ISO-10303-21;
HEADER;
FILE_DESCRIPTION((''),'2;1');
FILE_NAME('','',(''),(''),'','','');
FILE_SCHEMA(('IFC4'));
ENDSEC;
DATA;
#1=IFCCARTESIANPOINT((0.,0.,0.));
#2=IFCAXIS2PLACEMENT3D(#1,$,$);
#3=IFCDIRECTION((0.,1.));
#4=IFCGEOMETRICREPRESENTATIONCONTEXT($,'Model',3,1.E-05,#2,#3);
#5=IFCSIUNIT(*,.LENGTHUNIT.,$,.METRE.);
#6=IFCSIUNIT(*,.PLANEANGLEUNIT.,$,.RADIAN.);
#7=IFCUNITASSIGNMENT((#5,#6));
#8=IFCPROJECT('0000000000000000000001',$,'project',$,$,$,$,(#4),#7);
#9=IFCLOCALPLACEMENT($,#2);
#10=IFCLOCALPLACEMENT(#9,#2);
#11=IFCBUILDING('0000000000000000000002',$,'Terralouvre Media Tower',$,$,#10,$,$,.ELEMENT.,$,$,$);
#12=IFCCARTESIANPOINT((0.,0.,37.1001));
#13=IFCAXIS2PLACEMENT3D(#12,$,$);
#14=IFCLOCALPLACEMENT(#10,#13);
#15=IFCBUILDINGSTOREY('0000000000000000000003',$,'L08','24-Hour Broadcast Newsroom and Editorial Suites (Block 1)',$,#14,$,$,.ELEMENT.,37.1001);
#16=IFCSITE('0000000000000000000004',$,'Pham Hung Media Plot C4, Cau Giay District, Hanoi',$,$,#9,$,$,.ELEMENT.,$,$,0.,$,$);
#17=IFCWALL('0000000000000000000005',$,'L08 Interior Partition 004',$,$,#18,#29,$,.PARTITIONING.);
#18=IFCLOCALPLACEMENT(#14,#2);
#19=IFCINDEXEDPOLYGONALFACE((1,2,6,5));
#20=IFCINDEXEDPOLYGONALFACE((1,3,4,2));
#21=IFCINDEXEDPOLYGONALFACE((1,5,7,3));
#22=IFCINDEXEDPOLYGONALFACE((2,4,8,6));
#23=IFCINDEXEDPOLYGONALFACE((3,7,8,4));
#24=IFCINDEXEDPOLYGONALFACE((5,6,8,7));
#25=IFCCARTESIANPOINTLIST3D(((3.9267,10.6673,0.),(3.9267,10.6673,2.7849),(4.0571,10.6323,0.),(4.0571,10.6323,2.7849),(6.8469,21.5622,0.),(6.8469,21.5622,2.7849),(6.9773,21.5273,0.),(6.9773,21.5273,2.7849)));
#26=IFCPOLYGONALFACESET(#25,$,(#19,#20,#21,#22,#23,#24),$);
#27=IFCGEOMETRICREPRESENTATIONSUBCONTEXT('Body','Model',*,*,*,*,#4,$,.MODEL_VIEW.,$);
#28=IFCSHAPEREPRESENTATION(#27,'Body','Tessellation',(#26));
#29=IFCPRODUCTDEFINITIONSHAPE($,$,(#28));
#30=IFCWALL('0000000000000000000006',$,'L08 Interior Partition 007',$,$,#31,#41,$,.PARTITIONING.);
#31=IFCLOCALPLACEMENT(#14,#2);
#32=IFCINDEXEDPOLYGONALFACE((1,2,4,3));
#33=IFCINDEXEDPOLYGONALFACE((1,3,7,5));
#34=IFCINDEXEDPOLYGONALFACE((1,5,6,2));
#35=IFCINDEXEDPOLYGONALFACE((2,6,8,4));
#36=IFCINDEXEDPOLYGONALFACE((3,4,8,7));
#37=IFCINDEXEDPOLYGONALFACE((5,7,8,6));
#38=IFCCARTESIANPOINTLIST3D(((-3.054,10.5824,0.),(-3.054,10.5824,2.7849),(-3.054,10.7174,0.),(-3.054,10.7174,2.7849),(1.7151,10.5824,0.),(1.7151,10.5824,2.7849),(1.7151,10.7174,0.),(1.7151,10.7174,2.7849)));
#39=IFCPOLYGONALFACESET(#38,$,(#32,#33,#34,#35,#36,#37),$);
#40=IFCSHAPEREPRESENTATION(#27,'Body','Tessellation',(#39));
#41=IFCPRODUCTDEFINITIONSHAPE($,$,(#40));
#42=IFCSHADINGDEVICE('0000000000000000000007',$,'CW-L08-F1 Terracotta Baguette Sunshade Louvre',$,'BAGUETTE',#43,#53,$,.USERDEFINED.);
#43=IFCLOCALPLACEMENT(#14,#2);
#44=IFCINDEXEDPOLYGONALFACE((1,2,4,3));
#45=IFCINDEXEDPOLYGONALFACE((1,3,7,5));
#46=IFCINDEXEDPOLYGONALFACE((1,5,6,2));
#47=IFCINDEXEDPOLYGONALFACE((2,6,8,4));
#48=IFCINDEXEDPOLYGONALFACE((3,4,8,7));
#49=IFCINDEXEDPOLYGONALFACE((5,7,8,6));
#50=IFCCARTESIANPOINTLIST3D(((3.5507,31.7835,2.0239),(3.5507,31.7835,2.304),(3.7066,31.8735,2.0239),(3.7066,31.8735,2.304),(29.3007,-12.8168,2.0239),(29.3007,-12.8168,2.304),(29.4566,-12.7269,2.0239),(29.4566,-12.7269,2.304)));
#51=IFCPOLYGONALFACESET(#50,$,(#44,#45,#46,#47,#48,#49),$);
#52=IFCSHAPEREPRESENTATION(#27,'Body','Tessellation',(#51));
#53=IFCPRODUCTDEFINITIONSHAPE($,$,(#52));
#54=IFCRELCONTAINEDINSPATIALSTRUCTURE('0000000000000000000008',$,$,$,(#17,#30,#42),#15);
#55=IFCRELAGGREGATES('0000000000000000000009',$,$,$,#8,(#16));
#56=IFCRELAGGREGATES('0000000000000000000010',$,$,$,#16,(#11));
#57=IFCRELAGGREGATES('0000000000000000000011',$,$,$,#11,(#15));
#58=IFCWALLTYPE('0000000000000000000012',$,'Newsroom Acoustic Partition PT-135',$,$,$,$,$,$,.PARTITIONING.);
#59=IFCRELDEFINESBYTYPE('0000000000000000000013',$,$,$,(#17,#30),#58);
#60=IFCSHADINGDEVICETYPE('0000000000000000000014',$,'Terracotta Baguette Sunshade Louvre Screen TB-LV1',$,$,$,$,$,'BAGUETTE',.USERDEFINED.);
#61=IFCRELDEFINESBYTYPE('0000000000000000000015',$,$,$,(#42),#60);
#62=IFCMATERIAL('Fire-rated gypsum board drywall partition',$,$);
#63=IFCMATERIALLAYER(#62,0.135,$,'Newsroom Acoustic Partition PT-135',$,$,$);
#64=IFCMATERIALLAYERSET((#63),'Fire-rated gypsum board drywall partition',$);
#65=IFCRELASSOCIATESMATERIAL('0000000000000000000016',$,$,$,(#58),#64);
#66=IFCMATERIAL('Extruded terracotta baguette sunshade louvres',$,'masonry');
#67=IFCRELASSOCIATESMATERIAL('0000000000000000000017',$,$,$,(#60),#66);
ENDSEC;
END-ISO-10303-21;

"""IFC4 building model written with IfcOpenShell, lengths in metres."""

from ifc_helpers import new_model, si_unit, direction, frame, frame_2d, origin, origin_2d, place, context, subcontext, project, spatial, rectangle, extrude, material, layer, layer_set, type_object, element, save


model = new_model("IFC4")

# Units and contexts
model_context = context("Model", 3, precision=1e-05, world=origin(), true_north=direction((0.0, 1.0)))
body_context = subcontext(model_context, "Body", "Model", "MODEL_VIEW")
ifc_project = project(units=[si_unit("LENGTHUNIT", "METRE"), si_unit("PLANEANGLEUNIT", "RADIAN")], contexts=[model_context])

# Site, building, storey
site_placement = place(None, origin())
site = spatial("IfcSite", under=ifc_project, at=site_placement, Name="Pham Hung Media Plot C4, Cau Giay District, Hanoi", CompositionType="ELEMENT", RefElevation=0.0)
building_placement = place(site_placement, origin())
building = spatial("IfcBuilding", under=site, at=building_placement, Name="Terralouvre Media Tower", CompositionType="ELEMENT")
storey_placement = place(building_placement, frame((0.0, 0.0, 37.1001)))
storey = spatial("IfcBuildingStorey", under=building, at=storey_placement, Name="L08", Description="24-Hour Broadcast Newsroom and Editorial Suites (Block 1)", CompositionType="ELEMENT", Elevation=37.1001)

# Walls
ifc_material_1 = material(Name="Fire-rated gypsum board drywall partition")
ifc_layer_1 = layer(ifc_material_1, 0.135, Name="Newsroom Acoustic Partition PT-135")
ifc_layer_set_1 = layer_set([ifc_layer_1], Name="Fire-rated gypsum board drywall partition")
wall_type = type_object("IfcWallType", Name="Newsroom Acoustic Partition PT-135", PredefinedType="PARTITIONING", material=ifc_layer_set_1)
wall_1_placement = place(storey_placement, frame((3.9919, 10.6499, 0.0), z_axis=(0.0, 0.0, 1.0), x_axis=(0.25889, 0.965907, 0.0)))
element("IfcWall", 1, at=wall_1_placement, inside=storey, type_object=wall_type, Name="L08 Interior Partition 004", PredefinedType="PARTITIONING", context=body_context, shape_type="SweptSolid", body=[
    extrude(rectangle(XDim=11.2795, YDim=0.135, at=frame_2d((5.6396, 0.0))), origin(), (0.0, 0.0, 1.0), 2.7849),
])
wall_2_placement = place(storey_placement, frame((1.7151, 10.6499, 0.0), z_axis=(0.0, 0.0, 1.0), x_axis=(-1.0, 0.0, 0.0)))
element("IfcWall", 2, at=wall_2_placement, inside=storey, type_object=wall_type, Name="L08 Interior Partition 007", PredefinedType="PARTITIONING", context=body_context, shape_type="SweptSolid", body=[
    extrude(rectangle(XDim=4.769, YDim=0.135, at=frame_2d((2.3845, 0.0))), origin(), (0.0, 0.0, 1.0), 2.7849),
])

# Shading device
ifc_material_2 = material(Name="Extruded terracotta baguette sunshade louvres", Category="masonry")
shading_device_type = type_object("IfcShadingDeviceType", Name="Terracotta Baguette Sunshade Louvre Screen TB-LV1", ElementType="BAGUETTE", PredefinedType="USERDEFINED", material=ifc_material_2)
shading_device_placement = place(storey_placement, frame((16.5037, 9.5283, 2.0239), z_axis=(0.0, 0.0, 1.0), x_axis=(-0.5, 0.866025, 0.0)))
element("IfcShadingDevice", 3, at=shading_device_placement, inside=storey, type_object=shading_device_type, Name="CW-L08-F1 Terracotta Baguette Sunshade Louvre", ObjectType="BAGUETTE", PredefinedType="USERDEFINED", context=body_context, shape_type="SweptSolid", body=[
    extrude(rectangle(XDim=51.5, YDim=0.1799, at=origin_2d()), origin(), (0.0, 0.0, 1.0), 0.28),
])

save(model, "model.ifc")
